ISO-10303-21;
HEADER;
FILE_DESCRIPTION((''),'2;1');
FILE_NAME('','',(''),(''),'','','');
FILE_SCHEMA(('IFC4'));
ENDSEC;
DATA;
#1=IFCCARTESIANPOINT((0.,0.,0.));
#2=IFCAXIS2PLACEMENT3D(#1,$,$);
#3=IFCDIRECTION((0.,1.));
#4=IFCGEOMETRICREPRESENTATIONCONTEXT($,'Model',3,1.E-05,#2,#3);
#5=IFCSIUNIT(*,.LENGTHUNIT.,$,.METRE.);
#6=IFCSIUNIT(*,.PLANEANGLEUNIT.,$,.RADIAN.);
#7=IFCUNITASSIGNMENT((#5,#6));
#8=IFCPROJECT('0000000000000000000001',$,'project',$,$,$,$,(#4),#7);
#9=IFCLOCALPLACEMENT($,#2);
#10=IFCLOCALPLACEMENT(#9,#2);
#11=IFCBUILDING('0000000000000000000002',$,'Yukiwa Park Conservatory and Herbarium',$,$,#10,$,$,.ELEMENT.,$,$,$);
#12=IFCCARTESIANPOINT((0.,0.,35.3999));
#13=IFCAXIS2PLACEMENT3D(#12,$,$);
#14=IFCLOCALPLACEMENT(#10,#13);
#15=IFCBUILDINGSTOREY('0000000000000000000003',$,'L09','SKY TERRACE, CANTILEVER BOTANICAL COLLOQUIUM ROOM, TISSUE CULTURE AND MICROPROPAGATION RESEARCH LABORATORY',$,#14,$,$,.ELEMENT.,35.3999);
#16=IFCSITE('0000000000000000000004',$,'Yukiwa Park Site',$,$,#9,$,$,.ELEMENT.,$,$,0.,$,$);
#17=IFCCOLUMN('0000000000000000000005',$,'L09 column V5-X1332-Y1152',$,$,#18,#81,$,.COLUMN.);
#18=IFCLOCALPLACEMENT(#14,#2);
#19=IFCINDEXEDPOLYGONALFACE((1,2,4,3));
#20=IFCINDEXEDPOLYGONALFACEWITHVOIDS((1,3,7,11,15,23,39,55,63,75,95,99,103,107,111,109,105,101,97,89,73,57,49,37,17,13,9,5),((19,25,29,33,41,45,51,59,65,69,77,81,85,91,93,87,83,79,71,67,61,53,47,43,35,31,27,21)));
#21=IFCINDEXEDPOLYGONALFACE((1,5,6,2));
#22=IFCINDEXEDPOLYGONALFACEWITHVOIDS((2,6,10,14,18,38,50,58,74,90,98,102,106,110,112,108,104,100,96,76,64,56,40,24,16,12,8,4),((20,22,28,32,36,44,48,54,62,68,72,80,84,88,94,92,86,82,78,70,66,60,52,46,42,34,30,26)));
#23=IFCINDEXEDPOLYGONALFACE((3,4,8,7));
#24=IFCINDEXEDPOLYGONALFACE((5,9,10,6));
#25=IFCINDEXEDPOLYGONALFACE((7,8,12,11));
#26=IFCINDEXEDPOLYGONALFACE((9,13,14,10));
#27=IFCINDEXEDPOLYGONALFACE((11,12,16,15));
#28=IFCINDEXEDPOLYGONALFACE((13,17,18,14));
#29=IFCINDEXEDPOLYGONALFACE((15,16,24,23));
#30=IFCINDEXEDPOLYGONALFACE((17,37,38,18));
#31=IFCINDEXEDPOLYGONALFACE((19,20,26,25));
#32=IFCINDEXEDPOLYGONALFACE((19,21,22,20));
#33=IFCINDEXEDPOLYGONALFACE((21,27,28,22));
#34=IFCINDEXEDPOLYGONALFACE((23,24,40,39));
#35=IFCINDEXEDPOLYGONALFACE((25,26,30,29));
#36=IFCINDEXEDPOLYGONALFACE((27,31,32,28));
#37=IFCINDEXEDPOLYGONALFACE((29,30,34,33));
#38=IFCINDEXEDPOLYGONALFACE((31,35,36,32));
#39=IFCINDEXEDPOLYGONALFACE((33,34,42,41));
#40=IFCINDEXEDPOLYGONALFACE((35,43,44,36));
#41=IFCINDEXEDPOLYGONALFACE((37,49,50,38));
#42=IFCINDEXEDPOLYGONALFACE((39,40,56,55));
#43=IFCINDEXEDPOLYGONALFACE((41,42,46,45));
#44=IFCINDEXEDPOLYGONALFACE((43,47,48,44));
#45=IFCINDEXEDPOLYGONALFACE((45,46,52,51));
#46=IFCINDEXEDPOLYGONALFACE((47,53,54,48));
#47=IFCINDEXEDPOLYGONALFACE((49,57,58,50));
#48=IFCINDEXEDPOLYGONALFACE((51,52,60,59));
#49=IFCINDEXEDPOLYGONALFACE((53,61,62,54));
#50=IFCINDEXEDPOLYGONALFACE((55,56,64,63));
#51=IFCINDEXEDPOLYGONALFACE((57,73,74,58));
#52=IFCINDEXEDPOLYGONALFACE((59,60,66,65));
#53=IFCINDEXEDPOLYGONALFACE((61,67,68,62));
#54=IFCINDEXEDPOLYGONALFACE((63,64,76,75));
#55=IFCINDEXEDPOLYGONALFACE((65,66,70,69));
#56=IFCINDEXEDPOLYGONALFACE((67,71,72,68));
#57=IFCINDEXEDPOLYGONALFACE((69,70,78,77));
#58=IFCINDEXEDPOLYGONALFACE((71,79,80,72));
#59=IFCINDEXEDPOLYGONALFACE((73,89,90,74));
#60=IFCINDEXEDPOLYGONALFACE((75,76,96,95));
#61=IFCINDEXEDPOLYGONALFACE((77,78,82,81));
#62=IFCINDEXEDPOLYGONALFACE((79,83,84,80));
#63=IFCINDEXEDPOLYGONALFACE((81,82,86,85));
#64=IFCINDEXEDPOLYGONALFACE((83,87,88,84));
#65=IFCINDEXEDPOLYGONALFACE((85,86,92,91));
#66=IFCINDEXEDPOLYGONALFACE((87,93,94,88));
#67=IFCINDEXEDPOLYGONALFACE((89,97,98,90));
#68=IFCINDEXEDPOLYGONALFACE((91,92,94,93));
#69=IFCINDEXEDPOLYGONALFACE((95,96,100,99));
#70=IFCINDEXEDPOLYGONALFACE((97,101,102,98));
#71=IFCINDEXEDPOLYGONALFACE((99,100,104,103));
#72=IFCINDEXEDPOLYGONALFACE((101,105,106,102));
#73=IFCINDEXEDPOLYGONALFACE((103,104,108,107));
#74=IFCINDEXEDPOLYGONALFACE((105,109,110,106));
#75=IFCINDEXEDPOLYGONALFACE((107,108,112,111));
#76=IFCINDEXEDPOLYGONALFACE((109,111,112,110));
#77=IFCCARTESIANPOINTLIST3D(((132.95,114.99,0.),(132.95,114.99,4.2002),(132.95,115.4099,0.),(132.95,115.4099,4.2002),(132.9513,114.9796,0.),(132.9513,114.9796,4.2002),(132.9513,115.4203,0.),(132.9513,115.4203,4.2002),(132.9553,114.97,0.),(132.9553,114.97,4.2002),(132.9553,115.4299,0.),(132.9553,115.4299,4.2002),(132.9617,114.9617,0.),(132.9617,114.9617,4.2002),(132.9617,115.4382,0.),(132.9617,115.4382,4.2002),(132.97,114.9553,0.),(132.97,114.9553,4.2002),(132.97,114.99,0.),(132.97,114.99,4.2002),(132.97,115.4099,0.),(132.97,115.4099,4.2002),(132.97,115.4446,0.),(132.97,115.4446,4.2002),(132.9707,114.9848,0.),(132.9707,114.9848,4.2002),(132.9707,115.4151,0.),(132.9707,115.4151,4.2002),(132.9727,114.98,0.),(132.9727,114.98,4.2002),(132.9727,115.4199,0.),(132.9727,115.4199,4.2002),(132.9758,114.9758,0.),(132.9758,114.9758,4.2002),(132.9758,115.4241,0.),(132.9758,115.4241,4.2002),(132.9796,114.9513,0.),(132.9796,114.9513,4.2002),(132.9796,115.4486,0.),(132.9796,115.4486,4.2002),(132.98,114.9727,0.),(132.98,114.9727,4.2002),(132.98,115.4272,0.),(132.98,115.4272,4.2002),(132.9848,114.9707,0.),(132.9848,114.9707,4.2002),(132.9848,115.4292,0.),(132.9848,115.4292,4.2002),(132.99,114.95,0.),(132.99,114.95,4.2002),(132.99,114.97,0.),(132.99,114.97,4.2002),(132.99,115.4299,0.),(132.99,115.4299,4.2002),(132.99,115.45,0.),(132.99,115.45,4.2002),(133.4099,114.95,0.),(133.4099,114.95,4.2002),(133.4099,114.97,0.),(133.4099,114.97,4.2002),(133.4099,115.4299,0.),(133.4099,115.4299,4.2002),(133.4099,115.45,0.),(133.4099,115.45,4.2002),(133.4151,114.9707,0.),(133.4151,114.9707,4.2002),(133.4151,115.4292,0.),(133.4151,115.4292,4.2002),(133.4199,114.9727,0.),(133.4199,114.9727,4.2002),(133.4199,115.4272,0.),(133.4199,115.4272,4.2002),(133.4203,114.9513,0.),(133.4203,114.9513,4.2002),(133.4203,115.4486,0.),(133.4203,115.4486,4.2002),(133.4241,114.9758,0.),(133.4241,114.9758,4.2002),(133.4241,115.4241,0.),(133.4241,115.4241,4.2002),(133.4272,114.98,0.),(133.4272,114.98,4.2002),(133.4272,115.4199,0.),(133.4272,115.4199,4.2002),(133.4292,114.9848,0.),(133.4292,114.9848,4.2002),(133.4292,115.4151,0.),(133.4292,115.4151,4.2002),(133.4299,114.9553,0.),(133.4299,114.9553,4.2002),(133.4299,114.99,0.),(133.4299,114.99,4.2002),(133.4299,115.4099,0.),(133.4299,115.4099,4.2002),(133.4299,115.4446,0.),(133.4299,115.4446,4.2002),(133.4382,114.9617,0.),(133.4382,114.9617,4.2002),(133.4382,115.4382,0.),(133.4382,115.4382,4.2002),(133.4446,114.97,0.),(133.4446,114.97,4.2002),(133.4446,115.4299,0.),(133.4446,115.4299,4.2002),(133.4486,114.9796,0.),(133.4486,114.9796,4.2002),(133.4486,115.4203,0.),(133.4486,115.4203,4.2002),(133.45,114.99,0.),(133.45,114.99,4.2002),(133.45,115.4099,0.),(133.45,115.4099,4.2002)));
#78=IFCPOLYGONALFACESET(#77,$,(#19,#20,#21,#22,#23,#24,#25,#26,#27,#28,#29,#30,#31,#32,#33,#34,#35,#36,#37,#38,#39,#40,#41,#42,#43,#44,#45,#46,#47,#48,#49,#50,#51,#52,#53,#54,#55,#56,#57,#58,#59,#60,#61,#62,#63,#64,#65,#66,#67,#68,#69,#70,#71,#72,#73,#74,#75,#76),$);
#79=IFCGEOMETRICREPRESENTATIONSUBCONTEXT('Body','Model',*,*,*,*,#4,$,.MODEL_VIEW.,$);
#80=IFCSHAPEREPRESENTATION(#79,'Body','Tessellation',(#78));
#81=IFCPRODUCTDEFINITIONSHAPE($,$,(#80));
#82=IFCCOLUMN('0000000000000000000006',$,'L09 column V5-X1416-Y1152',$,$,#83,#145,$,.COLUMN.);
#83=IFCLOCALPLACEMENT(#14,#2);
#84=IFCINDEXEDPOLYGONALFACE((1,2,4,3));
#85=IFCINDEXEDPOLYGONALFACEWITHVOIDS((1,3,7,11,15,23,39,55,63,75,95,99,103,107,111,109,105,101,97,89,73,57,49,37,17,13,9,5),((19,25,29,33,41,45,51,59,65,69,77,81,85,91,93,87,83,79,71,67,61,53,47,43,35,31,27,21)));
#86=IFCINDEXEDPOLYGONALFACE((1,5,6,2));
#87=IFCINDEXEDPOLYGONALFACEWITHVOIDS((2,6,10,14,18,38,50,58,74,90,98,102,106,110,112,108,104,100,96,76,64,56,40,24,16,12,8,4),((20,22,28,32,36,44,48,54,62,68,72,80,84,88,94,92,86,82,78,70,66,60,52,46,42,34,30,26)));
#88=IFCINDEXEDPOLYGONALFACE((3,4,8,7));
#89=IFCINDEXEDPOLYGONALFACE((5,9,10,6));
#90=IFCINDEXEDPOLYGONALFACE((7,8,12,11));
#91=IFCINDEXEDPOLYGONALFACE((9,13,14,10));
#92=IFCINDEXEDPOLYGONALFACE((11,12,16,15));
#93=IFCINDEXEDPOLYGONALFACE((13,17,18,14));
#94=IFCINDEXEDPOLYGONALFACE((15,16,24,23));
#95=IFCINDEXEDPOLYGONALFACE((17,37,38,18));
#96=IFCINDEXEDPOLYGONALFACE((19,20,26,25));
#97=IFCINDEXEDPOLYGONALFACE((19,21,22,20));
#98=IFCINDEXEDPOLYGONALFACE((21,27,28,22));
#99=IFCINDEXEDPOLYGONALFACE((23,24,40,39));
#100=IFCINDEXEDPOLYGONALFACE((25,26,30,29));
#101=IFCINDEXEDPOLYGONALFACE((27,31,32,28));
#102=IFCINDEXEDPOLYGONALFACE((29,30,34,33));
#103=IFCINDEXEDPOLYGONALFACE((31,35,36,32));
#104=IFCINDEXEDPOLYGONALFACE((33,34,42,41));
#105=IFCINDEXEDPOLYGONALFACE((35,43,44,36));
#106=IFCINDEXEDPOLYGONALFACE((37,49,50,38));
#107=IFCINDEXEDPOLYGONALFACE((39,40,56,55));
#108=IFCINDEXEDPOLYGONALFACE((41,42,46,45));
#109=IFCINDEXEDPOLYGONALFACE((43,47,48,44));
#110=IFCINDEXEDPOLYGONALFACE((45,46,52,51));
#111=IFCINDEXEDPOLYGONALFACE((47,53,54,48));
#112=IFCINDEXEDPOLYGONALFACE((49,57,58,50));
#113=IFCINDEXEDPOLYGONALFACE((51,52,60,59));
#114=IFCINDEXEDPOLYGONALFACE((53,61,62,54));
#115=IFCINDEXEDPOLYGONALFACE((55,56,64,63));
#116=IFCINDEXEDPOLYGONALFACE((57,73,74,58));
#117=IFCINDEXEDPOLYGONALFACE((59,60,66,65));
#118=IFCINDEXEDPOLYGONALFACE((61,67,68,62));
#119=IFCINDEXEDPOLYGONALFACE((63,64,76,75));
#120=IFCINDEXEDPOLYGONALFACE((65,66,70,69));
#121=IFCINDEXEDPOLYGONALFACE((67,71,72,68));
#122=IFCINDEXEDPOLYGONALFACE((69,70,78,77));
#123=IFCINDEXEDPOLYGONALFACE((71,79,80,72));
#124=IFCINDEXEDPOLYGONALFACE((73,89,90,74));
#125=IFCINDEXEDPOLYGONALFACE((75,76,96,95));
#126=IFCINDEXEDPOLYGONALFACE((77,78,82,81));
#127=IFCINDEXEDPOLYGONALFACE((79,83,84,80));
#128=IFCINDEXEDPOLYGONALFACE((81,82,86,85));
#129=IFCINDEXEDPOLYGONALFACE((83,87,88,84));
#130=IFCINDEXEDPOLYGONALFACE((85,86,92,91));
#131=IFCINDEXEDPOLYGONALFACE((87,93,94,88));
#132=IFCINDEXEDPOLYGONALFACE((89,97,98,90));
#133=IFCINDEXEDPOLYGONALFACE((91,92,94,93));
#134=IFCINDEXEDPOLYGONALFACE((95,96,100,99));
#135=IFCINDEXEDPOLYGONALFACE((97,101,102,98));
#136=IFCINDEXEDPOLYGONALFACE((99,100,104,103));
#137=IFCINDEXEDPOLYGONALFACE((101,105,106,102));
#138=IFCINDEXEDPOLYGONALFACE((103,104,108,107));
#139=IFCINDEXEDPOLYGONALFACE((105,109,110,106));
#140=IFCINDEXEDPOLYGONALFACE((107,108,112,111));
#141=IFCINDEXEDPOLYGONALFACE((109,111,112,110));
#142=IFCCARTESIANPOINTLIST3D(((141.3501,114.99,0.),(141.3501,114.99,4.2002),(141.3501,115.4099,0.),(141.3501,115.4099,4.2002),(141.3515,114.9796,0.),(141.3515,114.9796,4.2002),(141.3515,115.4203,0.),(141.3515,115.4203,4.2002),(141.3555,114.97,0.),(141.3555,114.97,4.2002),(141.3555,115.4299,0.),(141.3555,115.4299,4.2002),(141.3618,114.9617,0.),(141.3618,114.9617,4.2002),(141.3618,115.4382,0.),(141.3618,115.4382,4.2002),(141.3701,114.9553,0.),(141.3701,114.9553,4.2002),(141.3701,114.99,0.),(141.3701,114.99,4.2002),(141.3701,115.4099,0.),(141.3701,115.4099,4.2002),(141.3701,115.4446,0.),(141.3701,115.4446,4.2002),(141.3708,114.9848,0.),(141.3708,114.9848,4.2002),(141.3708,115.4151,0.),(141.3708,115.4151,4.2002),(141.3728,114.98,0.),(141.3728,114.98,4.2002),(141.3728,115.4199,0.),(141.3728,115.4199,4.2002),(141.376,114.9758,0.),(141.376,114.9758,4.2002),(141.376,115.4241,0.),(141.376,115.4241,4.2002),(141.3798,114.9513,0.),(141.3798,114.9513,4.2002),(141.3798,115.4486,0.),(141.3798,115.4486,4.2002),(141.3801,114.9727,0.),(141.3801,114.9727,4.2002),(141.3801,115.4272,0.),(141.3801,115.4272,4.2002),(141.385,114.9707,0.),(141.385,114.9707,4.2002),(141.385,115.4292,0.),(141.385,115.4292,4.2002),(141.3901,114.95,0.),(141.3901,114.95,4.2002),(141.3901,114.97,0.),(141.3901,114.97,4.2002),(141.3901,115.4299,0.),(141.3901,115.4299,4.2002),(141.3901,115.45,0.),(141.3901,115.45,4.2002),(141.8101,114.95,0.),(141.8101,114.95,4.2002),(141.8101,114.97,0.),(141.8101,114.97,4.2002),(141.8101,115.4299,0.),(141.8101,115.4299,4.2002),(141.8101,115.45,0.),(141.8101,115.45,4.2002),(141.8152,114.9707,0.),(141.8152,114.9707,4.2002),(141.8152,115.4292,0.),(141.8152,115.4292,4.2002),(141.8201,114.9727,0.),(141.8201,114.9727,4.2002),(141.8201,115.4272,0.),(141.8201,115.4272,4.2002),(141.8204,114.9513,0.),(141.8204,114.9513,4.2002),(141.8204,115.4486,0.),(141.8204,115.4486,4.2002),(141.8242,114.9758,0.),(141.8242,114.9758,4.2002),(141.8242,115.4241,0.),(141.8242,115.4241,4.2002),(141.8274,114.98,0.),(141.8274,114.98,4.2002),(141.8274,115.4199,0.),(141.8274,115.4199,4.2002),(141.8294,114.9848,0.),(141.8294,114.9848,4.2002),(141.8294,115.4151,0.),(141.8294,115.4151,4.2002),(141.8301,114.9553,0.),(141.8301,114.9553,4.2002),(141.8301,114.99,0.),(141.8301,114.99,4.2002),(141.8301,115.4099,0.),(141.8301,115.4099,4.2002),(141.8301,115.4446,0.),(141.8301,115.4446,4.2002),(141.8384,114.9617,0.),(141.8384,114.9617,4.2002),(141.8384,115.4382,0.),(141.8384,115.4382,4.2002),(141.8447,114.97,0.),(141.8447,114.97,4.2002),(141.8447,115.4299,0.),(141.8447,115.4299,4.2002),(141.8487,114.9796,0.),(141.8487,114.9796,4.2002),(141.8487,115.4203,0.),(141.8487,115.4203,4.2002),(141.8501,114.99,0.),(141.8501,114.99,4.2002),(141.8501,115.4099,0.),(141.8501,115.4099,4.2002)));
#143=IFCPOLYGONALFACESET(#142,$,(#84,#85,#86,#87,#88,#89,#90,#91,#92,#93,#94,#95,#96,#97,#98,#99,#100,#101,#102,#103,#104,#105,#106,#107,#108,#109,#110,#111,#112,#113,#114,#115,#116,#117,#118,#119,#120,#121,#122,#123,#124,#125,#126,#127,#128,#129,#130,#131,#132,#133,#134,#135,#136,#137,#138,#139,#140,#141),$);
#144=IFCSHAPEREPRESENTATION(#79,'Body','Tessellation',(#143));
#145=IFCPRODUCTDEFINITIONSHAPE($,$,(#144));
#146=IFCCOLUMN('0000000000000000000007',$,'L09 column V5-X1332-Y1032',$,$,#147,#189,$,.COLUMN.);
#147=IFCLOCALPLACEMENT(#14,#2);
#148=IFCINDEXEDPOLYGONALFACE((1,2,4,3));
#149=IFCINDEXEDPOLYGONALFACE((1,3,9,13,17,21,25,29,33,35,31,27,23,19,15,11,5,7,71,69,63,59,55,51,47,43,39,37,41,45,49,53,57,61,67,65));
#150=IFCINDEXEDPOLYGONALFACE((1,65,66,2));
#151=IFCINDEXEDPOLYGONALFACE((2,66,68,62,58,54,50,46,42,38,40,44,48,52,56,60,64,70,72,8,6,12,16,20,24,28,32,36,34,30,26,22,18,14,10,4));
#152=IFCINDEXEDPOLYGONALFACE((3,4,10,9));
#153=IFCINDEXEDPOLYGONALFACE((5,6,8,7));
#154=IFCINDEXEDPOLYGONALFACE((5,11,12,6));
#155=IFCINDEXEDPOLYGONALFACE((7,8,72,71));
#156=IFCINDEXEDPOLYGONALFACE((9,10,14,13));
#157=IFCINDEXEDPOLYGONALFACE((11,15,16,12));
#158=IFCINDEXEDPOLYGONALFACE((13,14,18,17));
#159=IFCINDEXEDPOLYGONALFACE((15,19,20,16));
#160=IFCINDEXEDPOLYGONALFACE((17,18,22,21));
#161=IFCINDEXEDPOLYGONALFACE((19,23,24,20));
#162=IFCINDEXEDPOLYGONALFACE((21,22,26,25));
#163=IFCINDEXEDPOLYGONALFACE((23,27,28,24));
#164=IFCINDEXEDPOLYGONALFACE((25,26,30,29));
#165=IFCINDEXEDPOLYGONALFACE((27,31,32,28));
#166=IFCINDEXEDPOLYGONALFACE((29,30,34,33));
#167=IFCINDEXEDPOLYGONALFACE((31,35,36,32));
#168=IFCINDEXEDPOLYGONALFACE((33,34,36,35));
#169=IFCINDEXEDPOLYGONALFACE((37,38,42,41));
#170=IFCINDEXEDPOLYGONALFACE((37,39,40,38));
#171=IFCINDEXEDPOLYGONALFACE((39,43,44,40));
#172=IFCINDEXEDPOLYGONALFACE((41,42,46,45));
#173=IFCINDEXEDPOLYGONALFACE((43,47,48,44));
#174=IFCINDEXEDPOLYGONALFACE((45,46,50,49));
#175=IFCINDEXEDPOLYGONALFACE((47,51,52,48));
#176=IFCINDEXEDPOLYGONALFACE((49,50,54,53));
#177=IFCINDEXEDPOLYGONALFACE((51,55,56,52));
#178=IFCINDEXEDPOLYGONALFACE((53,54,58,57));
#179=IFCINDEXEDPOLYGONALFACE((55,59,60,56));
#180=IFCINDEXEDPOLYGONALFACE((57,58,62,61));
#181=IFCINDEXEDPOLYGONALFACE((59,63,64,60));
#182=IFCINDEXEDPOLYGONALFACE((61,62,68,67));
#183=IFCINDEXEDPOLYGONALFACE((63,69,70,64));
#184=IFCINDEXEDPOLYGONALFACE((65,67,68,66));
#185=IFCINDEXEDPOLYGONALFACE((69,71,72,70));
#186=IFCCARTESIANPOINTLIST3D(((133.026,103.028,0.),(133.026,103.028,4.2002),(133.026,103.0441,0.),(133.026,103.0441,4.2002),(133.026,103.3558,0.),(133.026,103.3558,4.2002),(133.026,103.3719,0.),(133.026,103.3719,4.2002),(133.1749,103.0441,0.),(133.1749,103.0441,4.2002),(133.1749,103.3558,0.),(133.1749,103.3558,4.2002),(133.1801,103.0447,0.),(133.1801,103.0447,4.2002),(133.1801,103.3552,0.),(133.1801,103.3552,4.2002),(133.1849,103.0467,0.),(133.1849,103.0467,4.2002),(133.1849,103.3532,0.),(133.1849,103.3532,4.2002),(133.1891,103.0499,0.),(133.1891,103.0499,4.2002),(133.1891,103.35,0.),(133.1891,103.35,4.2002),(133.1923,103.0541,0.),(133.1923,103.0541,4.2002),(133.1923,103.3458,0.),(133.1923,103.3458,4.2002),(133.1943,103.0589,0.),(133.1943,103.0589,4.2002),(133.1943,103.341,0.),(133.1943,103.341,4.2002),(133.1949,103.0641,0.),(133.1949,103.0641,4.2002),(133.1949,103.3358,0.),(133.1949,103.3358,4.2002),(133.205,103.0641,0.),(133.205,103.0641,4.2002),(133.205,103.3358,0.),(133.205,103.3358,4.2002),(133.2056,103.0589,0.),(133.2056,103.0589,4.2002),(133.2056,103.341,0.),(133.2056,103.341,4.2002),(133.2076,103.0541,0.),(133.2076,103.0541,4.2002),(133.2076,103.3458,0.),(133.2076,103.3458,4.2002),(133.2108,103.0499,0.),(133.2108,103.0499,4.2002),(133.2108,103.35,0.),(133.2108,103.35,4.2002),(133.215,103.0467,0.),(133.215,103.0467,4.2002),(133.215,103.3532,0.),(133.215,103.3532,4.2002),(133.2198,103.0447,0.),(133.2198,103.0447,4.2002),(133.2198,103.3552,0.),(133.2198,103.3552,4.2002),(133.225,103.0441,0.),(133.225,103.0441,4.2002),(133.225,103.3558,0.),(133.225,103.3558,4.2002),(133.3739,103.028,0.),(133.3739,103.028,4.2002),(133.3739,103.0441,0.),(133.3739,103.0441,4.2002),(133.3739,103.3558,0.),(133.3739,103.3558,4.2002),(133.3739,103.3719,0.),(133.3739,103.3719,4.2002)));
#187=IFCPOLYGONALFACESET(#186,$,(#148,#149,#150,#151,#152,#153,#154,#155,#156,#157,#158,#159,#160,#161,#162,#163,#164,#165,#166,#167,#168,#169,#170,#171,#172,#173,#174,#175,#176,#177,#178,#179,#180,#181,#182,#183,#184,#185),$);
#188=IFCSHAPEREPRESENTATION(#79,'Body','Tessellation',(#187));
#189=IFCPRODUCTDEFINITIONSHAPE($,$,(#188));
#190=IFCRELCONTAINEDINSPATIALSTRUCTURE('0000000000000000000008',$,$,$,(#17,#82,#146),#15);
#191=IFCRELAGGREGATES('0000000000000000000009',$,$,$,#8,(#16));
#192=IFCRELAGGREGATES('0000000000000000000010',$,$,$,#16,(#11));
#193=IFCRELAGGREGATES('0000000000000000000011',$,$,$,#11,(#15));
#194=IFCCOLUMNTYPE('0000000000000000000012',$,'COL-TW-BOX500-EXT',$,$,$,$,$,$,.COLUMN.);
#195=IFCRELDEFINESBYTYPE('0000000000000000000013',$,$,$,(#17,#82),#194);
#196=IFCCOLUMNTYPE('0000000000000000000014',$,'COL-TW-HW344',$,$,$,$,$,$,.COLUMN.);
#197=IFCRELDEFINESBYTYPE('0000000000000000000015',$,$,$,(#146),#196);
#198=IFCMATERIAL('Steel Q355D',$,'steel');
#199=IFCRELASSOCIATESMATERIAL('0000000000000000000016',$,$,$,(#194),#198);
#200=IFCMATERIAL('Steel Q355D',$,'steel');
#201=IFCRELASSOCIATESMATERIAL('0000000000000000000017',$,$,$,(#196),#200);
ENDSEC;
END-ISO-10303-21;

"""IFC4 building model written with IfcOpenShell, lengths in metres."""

from ifc_helpers import new_model, si_unit, direction, frame, origin, origin_2d, place, context, subcontext, project, spatial, hollow_rectangle, i_section, extrude, material, material_profile, profile_set, type_object, element, save


model = new_model("IFC4")

# Units and contexts
model_context = context("Model", 3, precision=1e-05, world=origin(), true_north=direction((0.0, 1.0)))
body_context = subcontext(model_context, "Body", "Model", "MODEL_VIEW")
ifc_project = project(units=[si_unit("LENGTHUNIT", "METRE"), si_unit("PLANEANGLEUNIT", "RADIAN")], contexts=[model_context])

# Site, building, storey
site_placement = place(None, origin())
site = spatial("IfcSite", under=ifc_project, at=site_placement, Name="Yukiwa Park Site", CompositionType="ELEMENT", RefElevation=0.0)
building_placement = place(site_placement, origin())
building = spatial("IfcBuilding", under=site, at=building_placement, Name="Yukiwa Park Conservatory and Herbarium", CompositionType="ELEMENT")
storey_placement = place(building_placement, frame((0.0, 0.0, 35.3999)))
storey = spatial("IfcBuildingStorey", under=building, at=storey_placement, Name="L09", Description="SKY TERRACE, CANTILEVER BOTANICAL COLLOQUIUM ROOM, TISSUE CULTURE AND MICROPROPAGATION RESEARCH LABORATORY", CompositionType="ELEMENT", Elevation=35.3999)

# Columns
ifc_material_1 = material(Name="Steel Q355D", Category="steel")
ifc_material_profile_1 = material_profile(ifc_material_1, hollow_rectangle(XDim=0.5, YDim=0.5, WallThickness=0.02, InnerFilletRadius=0.02, OuterFilletRadius=0.04, at=origin_2d()), Name="BOX 500x500x20")
ifc_profile_set_1 = profile_set([ifc_material_profile_1], Name="Steel Q355D")
column_type_1 = type_object("IfcColumnType", Name="COL-TW-BOX500-EXT", PredefinedType="COLUMN", material=ifc_profile_set_1)
for number, where, z_axis, x_axis, name in (
    (1, (133.2, 115.2, 0.0), (0.0, 0.0, 1.0), (1.0, 0.0, 0.0), "L09 column V5-X1332-Y1152"),
    (2, (141.6001, 115.2, 0.0), (0.0, 0.0, 1.0), (1.0, 0.0, 0.0), "L09 column V5-X1416-Y1152"),
):
    element("IfcColumn", number, at=place(storey_placement, frame(where, z_axis=z_axis, x_axis=x_axis)), inside=storey, type_object=column_type_1, Name=name, PredefinedType="COLUMN", context=body_context, shape_type="SweptSolid", body=[
        extrude(hollow_rectangle(XDim=0.5, YDim=0.5, WallThickness=0.02, InnerFilletRadius=0.02, OuterFilletRadius=0.04, at=origin_2d()), origin(), (0.0, 0.0, 1.0), 4.2002),
    ])
ifc_material_2 = material(Name="Steel Q355D", Category="steel")
ifc_material_profile_2 = material_profile(ifc_material_2, i_section(OverallWidth=0.3479, OverallDepth=0.344, WebThickness=0.01, FlangeThickness=0.0161, FilletRadius=0.02, at=origin_2d()), Name="HW 344x348x10x16")
ifc_profile_set_2 = profile_set([ifc_material_profile_2], Name="Steel Q355D")
column_type_2 = type_object("IfcColumnType", Name="COL-TW-HW344", PredefinedType="COLUMN", material=ifc_profile_set_2)
for number, where, z_axis, x_axis, name in (
    (3, (133.2, 103.2, 0.0), (0.0, 0.0, 1.0), (1.0, 0.0, 0.0), "L09 column V5-X1332-Y1032"),
):
    element("IfcColumn", number, at=place(storey_placement, frame(where, z_axis=z_axis, x_axis=x_axis)), inside=storey, type_object=column_type_2, Name=name, PredefinedType="COLUMN", context=body_context, shape_type="SweptSolid", body=[
        extrude(i_section(OverallWidth=0.3479, OverallDepth=0.344, WebThickness=0.01, FlangeThickness=0.0161, FilletRadius=0.02, at=origin_2d()), origin(), (0.0, 0.0, 1.0), 4.2002),
    ])

save(model, "model.ifc")
